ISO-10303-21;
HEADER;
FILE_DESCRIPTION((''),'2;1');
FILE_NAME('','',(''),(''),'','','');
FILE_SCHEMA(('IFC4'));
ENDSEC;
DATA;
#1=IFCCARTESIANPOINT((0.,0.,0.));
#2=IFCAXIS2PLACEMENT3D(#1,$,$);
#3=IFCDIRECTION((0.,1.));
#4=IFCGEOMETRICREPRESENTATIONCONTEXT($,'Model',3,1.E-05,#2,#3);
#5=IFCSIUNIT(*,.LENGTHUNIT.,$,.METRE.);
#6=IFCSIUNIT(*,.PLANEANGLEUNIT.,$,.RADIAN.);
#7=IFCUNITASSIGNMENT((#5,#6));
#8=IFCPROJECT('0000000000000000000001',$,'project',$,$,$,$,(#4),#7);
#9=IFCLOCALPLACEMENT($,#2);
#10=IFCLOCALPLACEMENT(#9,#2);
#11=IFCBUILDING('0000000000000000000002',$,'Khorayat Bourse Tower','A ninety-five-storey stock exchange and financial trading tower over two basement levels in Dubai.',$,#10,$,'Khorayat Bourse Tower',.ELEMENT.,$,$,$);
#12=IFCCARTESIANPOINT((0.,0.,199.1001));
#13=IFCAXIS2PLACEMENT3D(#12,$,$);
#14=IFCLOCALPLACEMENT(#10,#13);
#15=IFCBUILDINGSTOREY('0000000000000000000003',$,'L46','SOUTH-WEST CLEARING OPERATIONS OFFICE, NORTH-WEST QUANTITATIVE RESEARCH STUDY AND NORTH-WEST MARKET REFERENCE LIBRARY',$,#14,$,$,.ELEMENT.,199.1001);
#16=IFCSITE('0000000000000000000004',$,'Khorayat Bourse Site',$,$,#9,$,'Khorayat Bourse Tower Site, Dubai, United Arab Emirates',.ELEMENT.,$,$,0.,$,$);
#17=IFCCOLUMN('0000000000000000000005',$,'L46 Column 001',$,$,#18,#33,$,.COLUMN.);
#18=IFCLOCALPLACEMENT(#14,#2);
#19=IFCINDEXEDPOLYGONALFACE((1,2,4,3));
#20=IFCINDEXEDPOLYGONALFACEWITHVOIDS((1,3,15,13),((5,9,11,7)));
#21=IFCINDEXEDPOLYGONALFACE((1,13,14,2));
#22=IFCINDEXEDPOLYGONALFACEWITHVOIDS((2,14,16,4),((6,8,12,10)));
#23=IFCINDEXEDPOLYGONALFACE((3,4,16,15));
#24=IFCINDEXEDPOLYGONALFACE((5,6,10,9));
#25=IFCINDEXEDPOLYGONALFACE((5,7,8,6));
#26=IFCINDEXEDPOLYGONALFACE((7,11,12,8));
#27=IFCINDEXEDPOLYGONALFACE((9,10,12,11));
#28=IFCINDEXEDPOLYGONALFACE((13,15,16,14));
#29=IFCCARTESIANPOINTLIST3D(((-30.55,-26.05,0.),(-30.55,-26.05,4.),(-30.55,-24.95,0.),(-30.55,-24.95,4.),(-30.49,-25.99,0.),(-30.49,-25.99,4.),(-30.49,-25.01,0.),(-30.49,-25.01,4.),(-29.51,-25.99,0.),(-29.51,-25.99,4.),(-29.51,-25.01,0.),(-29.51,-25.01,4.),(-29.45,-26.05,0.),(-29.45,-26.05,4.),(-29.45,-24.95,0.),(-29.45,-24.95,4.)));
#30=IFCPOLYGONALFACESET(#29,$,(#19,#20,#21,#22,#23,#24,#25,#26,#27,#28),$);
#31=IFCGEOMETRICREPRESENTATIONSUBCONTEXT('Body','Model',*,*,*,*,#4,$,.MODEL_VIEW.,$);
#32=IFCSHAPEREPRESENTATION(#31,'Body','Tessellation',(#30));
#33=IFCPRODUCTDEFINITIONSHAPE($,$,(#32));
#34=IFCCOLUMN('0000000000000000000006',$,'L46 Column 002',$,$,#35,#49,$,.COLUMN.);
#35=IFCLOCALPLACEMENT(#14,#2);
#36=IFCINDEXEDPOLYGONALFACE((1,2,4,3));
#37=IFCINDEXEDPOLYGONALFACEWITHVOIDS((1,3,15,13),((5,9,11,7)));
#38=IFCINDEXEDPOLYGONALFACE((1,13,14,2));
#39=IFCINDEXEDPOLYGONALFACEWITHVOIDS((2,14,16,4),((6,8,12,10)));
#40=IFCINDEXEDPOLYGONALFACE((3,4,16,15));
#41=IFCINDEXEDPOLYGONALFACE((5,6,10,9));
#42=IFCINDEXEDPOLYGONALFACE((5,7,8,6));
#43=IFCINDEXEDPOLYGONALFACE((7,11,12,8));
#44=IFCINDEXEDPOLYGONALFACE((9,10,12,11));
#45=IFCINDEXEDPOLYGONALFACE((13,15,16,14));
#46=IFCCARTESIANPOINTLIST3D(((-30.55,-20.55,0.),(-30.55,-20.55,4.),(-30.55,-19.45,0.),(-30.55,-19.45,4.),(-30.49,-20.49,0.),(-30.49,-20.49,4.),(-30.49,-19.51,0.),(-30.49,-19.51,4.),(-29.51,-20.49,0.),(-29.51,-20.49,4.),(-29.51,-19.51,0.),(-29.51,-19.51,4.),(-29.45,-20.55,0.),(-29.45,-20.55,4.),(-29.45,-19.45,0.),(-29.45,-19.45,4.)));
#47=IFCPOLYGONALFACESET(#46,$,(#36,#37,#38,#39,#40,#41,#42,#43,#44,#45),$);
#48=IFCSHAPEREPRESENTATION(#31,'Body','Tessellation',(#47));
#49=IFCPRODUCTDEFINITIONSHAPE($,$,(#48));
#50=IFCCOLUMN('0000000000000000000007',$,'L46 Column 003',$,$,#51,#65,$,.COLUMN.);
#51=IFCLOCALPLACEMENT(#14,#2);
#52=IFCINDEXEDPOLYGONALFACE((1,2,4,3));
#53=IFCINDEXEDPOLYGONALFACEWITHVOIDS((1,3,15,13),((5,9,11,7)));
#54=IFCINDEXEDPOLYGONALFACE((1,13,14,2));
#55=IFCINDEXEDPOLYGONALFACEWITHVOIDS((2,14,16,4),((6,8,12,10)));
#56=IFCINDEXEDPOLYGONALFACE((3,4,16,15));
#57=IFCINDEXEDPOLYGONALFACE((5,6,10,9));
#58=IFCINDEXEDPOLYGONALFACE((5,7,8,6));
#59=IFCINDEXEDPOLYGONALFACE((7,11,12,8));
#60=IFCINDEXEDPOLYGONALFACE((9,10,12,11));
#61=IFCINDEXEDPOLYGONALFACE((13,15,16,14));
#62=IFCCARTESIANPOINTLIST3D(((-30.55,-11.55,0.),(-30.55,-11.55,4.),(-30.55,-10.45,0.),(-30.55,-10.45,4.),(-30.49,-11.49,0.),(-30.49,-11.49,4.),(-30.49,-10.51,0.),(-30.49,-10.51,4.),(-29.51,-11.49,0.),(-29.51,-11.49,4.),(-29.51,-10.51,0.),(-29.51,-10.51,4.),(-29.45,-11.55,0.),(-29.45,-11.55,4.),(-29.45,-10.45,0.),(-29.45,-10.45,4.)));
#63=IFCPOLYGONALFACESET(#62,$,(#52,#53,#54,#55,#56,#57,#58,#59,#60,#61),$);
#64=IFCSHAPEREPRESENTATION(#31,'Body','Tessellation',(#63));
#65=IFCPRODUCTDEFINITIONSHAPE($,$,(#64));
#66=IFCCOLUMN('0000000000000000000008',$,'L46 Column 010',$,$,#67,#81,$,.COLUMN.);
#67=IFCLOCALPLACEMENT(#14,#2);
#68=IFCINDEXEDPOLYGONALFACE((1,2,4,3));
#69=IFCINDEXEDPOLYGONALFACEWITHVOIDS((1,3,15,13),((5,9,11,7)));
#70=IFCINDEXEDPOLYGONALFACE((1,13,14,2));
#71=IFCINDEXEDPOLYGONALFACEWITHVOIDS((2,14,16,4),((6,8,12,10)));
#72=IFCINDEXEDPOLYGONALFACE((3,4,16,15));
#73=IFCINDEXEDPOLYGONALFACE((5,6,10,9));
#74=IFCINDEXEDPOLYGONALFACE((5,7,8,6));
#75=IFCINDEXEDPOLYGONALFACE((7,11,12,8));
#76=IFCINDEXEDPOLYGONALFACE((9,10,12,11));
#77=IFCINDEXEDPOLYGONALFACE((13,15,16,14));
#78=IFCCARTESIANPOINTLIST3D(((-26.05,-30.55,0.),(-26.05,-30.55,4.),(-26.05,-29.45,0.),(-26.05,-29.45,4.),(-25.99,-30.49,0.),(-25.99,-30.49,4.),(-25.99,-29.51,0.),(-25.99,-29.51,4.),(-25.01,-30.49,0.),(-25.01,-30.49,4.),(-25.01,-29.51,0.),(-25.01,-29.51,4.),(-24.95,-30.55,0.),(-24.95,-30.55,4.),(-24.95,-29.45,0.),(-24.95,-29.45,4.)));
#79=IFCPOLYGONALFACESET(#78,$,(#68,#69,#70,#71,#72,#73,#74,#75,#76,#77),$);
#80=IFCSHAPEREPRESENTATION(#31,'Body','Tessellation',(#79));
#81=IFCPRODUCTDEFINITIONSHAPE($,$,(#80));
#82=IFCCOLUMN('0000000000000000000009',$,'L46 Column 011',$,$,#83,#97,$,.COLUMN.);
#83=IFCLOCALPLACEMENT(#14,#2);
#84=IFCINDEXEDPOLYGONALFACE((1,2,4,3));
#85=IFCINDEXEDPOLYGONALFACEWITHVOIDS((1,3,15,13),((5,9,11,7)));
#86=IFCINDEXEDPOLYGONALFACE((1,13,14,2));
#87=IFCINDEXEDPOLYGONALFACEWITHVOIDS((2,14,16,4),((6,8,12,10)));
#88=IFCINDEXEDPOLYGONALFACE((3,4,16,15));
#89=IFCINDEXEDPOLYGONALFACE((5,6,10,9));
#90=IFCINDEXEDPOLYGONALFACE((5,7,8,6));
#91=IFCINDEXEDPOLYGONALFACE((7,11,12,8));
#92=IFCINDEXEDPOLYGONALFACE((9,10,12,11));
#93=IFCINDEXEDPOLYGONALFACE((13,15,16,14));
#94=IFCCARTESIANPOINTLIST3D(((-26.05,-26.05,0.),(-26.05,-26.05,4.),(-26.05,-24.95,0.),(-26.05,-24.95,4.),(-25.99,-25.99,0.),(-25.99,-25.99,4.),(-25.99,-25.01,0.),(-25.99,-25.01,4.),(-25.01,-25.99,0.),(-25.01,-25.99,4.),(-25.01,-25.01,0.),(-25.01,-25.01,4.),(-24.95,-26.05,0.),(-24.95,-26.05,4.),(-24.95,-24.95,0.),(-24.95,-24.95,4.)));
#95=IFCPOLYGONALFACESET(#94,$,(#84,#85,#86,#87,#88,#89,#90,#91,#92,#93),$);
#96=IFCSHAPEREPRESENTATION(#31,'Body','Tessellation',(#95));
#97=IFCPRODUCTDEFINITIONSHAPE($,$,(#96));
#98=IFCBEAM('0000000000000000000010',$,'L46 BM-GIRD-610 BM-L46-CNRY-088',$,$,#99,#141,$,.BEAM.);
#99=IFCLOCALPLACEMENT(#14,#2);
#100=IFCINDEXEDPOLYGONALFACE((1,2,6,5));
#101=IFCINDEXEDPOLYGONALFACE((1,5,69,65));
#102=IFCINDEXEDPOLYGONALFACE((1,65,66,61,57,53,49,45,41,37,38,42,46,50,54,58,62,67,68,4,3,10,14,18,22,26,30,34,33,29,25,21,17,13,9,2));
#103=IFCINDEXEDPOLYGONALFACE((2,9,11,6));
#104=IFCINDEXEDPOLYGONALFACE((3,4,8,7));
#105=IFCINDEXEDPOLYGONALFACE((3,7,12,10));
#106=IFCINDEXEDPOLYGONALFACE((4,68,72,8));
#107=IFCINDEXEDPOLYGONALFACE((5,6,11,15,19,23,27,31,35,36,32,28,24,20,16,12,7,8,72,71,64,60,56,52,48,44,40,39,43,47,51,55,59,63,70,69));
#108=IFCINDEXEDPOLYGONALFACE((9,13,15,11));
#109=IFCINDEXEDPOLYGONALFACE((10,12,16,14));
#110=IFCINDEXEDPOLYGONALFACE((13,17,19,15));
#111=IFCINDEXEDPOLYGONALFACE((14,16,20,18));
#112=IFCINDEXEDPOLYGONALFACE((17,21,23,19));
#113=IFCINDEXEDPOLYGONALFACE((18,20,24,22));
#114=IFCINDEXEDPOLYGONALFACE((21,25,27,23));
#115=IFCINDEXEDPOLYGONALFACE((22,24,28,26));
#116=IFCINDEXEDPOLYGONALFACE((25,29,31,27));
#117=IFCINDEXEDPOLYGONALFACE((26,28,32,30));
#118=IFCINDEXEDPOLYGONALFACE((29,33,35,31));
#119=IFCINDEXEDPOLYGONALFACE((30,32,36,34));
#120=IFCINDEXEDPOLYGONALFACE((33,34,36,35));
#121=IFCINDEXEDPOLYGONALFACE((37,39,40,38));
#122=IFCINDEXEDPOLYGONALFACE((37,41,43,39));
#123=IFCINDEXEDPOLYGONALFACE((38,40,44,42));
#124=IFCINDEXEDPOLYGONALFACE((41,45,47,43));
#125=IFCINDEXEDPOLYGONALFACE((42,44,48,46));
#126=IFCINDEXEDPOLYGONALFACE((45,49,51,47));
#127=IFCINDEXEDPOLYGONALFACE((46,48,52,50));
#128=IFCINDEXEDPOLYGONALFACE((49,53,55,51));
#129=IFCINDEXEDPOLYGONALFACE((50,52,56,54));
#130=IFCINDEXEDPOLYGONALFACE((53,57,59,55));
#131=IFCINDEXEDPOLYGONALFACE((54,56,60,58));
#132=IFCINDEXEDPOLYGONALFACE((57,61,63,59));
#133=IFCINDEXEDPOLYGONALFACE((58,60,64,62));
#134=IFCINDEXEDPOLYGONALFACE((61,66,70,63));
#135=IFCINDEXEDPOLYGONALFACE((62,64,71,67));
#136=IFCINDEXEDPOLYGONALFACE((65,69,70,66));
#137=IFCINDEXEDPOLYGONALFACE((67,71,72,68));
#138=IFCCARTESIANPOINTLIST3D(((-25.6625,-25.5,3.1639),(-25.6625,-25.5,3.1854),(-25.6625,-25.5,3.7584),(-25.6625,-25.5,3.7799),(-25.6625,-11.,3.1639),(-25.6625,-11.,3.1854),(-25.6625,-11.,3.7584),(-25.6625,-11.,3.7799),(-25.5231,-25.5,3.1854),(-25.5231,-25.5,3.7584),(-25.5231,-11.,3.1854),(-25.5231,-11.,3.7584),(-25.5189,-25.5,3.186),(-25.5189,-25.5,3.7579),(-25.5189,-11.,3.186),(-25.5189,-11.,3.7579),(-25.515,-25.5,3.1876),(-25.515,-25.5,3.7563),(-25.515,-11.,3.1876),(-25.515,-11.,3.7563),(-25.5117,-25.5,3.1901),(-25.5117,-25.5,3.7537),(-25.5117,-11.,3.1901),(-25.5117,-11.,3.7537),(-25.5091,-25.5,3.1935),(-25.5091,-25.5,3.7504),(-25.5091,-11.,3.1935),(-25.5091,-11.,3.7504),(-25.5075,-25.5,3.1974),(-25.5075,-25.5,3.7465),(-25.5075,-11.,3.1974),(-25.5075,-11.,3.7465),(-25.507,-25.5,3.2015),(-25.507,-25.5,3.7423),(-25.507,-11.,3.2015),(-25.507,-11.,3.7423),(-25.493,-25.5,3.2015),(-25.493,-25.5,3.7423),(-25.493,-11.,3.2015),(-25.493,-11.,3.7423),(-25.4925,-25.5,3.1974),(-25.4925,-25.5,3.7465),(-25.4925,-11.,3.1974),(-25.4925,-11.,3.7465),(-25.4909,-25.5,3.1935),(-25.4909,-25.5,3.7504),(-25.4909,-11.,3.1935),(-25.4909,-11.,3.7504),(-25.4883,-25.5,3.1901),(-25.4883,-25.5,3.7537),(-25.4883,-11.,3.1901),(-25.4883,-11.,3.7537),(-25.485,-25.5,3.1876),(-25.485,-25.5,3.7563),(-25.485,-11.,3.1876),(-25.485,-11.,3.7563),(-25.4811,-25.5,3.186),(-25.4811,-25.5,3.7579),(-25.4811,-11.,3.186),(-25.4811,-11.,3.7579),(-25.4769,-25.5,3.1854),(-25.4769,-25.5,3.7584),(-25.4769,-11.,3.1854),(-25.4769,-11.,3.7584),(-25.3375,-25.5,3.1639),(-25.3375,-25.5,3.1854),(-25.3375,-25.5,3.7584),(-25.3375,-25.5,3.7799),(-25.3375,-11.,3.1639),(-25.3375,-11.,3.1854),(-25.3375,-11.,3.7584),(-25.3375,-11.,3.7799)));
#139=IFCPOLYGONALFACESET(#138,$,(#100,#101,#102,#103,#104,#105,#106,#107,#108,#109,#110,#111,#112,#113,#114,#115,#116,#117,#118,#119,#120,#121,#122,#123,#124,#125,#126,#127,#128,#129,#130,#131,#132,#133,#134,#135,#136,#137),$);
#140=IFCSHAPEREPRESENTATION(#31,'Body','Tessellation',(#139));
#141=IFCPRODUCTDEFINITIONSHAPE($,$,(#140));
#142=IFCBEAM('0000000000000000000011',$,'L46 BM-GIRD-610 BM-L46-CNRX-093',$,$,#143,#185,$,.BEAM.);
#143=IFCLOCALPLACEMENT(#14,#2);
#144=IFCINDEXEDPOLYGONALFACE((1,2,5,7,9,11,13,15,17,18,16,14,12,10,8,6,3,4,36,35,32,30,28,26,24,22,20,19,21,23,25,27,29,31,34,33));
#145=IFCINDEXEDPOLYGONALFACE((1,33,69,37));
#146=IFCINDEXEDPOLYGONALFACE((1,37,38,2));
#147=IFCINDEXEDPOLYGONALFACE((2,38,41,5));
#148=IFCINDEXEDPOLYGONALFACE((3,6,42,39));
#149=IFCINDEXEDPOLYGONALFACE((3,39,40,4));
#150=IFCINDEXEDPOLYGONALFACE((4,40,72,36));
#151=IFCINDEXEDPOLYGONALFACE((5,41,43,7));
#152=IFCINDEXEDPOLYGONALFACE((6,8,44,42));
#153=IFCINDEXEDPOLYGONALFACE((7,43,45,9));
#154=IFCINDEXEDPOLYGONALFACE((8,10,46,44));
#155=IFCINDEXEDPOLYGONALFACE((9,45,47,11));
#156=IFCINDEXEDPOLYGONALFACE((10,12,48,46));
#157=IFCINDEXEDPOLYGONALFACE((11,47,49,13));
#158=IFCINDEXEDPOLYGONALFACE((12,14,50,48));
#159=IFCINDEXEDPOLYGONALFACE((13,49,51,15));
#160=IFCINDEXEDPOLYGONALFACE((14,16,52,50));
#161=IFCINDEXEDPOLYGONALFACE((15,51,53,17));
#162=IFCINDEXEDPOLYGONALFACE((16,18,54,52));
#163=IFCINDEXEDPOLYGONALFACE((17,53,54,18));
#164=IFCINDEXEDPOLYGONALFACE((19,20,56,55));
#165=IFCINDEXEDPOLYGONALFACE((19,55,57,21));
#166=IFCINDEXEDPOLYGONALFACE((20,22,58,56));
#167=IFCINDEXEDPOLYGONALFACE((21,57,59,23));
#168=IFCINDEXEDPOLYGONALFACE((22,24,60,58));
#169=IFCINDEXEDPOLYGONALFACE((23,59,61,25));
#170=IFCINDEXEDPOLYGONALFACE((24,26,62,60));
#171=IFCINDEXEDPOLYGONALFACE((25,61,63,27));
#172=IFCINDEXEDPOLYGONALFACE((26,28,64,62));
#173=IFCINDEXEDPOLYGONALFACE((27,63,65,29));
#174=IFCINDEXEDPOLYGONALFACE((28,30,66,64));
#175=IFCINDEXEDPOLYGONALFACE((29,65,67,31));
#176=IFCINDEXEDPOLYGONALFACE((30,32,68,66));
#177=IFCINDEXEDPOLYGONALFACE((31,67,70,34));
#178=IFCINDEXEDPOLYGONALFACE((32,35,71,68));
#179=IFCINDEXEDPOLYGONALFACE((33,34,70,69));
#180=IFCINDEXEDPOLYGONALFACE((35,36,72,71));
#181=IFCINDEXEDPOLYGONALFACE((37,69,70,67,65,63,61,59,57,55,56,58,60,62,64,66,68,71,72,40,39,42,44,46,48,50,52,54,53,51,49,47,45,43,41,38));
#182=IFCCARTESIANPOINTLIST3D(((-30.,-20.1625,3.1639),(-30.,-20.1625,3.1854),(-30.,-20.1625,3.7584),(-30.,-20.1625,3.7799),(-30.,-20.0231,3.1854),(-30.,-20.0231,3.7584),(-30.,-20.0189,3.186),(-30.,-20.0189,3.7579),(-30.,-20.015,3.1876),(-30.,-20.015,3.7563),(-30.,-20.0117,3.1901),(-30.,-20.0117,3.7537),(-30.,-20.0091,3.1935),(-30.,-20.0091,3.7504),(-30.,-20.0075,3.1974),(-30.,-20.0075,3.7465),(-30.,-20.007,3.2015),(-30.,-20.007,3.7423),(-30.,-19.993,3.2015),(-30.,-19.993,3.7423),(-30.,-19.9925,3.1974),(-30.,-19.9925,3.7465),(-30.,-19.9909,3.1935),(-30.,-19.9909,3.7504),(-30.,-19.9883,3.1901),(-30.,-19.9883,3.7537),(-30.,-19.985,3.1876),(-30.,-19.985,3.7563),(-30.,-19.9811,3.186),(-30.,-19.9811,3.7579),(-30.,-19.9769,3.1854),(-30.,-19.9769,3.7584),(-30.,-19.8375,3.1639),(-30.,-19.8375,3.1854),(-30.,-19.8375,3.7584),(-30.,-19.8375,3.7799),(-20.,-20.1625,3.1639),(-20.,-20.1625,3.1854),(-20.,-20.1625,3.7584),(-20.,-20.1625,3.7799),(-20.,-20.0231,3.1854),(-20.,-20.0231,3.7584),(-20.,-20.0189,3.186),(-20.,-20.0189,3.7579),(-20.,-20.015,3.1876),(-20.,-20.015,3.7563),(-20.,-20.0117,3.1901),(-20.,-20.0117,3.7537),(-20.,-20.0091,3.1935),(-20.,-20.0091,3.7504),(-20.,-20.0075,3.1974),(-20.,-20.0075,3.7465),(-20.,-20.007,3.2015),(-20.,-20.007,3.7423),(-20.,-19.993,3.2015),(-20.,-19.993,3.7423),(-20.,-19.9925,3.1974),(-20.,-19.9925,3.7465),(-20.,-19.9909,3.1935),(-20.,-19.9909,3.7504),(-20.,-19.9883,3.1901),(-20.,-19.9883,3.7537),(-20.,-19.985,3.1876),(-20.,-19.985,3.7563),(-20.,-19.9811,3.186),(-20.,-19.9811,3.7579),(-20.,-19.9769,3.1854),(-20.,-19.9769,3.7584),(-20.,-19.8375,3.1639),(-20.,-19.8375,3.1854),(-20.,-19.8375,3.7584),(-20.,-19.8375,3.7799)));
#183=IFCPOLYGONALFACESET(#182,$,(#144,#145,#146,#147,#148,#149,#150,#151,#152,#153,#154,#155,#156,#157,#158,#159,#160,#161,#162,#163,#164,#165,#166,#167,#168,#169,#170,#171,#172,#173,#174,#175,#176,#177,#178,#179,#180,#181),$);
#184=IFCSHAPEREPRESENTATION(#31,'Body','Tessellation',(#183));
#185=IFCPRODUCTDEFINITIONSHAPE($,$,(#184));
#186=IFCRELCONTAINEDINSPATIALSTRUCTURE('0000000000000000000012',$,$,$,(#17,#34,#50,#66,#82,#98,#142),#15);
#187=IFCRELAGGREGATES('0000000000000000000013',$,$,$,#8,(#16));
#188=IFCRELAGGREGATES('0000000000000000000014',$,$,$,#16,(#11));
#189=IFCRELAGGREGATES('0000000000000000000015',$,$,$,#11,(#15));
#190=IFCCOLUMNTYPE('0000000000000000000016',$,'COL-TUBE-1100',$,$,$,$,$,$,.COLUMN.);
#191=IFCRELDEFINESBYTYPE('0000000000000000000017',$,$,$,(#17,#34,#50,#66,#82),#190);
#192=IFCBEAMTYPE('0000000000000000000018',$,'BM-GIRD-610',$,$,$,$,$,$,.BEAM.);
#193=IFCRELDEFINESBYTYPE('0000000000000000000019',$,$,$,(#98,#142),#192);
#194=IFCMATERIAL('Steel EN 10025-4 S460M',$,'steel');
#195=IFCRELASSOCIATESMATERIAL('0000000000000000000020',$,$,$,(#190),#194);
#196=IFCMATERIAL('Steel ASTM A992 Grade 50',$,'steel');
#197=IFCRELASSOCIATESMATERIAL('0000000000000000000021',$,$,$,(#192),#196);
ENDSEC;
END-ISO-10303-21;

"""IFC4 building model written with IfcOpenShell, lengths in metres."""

from ifc_helpers import new_model, si_unit, direction, frame, origin, origin_2d, place, context, subcontext, project, spatial, hollow_rectangle, i_section, extrude, source, transform, mapped, material, material_profile, profile_set, type_object, element, save


model = new_model("IFC4")

# Units and contexts
model_context = context("Model", 3, precision=1e-05, world=origin(), true_north=direction((0.0, 1.0)))
body_context = subcontext(model_context, "Body", "Model", "MODEL_VIEW")
ifc_project = project(units=[si_unit("LENGTHUNIT", "METRE"), si_unit("PLANEANGLEUNIT", "RADIAN")], contexts=[model_context])

# Site, building, storey
site_placement = place(None, origin())
site = spatial("IfcSite", under=ifc_project, at=site_placement, Name="Khorayat Bourse Site", LongName="Khorayat Bourse Tower Site, Dubai, United Arab Emirates", CompositionType="ELEMENT", RefElevation=0.0)
building_placement = place(site_placement, origin())
building = spatial("IfcBuilding", under=site, at=building_placement, Name="Khorayat Bourse Tower", Description="A ninety-five-storey stock exchange and financial trading tower over two basement levels in Dubai.", LongName="Khorayat Bourse Tower", CompositionType="ELEMENT")
storey_placement = place(building_placement, frame((0.0, 0.0, 199.1001)))
storey = spatial("IfcBuildingStorey", under=building, at=storey_placement, Name="L46", Description="SOUTH-WEST CLEARING OPERATIONS OFFICE, NORTH-WEST QUANTITATIVE RESEARCH STUDY AND NORTH-WEST MARKET REFERENCE LIBRARY", CompositionType="ELEMENT", Elevation=199.1001)

# Columns
ifc_material_1 = material(Name="Steel EN 10025-4 S460M", Category="steel")
ifc_material_profile_1 = material_profile(ifc_material_1, hollow_rectangle(XDim=1.1001, YDim=1.1001, WallThickness=0.0601, at=origin_2d()), Name="BOX 1100x1100x60")
ifc_profile_set_1 = profile_set([ifc_material_profile_1], Name="Steel EN 10025-4 S460M")
column_type = type_object("IfcColumnType", Name="COL-TUBE-1100", PredefinedType="COLUMN", material=ifc_profile_set_1)
shared_shape_1 = source(origin(), body_context, "Body", "SweptSolid", [
    extrude(hollow_rectangle(XDim=1.1001, YDim=1.1001, WallThickness=0.0601, at=origin_2d()), origin(), (0.0, 0.0, 1.0), 4.0),
])
for number, where, z_axis, x_axis, name in (
    (1, (-30.0, -25.5, 0.0), (0.0, 0.0, 1.0), (1.0, 0.0, 0.0), "L46 Column 001"),
    (2, (-30.0, -20.0, 0.0), (0.0, 0.0, 1.0), (1.0, 0.0, 0.0), "L46 Column 002"),
    (3, (-30.0, -11.0, 0.0), (0.0, 0.0, 1.0), (1.0, 0.0, 0.0), "L46 Column 003"),
    (4, (-25.5, -30.0, 0.0), (0.0, 0.0, 1.0), (1.0, 0.0, 0.0), "L46 Column 010"),
    (5, (-25.5, -25.5, 0.0), (0.0, 0.0, 1.0), (1.0, 0.0, 0.0), "L46 Column 011"),
):
    element("IfcColumn", number, at=place(storey_placement, frame(where, z_axis=z_axis, x_axis=x_axis)), inside=storey, type_object=column_type, Name=name, PredefinedType="COLUMN", context=body_context, shape_type="MappedRepresentation", body=[
        mapped(shared_shape_1, transform((0.0, 0.0, 0.0), scale=1.0)),
    ])

# Beams
ifc_material_2 = material(Name="Steel ASTM A992 Grade 50", Category="steel")
ifc_material_profile_2 = material_profile(ifc_material_2, i_section(OverallWidth=0.325, OverallDepth=0.616, WebThickness=0.0139, FlangeThickness=0.0215, FilletRadius=0.0161, at=origin_2d()), Name="W610X174")
ifc_profile_set_2 = profile_set([ifc_material_profile_2], Name="Steel ASTM A992 Grade 50")
beam_type_1 = type_object("IfcBeamType", Name="BM-GIRD-610", PredefinedType="BEAM", material=ifc_profile_set_2)
shared_shape_2 = source(origin(), body_context, "Body", "SweptSolid", [
    extrude(i_section(OverallWidth=0.325, OverallDepth=0.616, WebThickness=0.0139, FlangeThickness=0.0215, FilletRadius=0.0161, at=origin_2d()), origin(), (0.0, 0.0, 1.0), 14.5),
])
beam_1_placement = place(storey_placement, frame((-25.5, -25.5, 3.4719), z_axis=(0.0, 1.0, 0.0), x_axis=(-1.0, 0.0, 0.0)))
element("IfcBeam", 6, at=beam_1_placement, inside=storey, type_object=beam_type_1, Name="L46 BM-GIRD-610 BM-L46-CNRY-088", PredefinedType="BEAM", context=body_context, shape_type="MappedRepresentation", body=[
    mapped(shared_shape_2, transform((0.0, 0.0, 0.0), scale=1.0)),
])
shared_shape_3 = source(origin(), body_context, "Body", "SweptSolid", [
    extrude(i_section(OverallWidth=0.325, OverallDepth=0.616, WebThickness=0.0139, FlangeThickness=0.0215, FilletRadius=0.0161, at=origin_2d()), origin(), (0.0, 0.0, 1.0), 10.0),
])
beam_2_placement = place(storey_placement, frame((-30.0, -20.0, 3.4719), z_axis=(1.0, 0.0, 0.0), x_axis=(0.0, 1.0, 0.0)))
element("IfcBeam", 7, at=beam_2_placement, inside=storey, type_object=beam_type_1, Name="L46 BM-GIRD-610 BM-L46-CNRX-093", PredefinedType="BEAM", context=body_context, shape_type="MappedRepresentation", body=[
    mapped(shared_shape_3, transform((0.0, 0.0, 0.0), scale=1.0)),
])

save(model, "model.ifc")
